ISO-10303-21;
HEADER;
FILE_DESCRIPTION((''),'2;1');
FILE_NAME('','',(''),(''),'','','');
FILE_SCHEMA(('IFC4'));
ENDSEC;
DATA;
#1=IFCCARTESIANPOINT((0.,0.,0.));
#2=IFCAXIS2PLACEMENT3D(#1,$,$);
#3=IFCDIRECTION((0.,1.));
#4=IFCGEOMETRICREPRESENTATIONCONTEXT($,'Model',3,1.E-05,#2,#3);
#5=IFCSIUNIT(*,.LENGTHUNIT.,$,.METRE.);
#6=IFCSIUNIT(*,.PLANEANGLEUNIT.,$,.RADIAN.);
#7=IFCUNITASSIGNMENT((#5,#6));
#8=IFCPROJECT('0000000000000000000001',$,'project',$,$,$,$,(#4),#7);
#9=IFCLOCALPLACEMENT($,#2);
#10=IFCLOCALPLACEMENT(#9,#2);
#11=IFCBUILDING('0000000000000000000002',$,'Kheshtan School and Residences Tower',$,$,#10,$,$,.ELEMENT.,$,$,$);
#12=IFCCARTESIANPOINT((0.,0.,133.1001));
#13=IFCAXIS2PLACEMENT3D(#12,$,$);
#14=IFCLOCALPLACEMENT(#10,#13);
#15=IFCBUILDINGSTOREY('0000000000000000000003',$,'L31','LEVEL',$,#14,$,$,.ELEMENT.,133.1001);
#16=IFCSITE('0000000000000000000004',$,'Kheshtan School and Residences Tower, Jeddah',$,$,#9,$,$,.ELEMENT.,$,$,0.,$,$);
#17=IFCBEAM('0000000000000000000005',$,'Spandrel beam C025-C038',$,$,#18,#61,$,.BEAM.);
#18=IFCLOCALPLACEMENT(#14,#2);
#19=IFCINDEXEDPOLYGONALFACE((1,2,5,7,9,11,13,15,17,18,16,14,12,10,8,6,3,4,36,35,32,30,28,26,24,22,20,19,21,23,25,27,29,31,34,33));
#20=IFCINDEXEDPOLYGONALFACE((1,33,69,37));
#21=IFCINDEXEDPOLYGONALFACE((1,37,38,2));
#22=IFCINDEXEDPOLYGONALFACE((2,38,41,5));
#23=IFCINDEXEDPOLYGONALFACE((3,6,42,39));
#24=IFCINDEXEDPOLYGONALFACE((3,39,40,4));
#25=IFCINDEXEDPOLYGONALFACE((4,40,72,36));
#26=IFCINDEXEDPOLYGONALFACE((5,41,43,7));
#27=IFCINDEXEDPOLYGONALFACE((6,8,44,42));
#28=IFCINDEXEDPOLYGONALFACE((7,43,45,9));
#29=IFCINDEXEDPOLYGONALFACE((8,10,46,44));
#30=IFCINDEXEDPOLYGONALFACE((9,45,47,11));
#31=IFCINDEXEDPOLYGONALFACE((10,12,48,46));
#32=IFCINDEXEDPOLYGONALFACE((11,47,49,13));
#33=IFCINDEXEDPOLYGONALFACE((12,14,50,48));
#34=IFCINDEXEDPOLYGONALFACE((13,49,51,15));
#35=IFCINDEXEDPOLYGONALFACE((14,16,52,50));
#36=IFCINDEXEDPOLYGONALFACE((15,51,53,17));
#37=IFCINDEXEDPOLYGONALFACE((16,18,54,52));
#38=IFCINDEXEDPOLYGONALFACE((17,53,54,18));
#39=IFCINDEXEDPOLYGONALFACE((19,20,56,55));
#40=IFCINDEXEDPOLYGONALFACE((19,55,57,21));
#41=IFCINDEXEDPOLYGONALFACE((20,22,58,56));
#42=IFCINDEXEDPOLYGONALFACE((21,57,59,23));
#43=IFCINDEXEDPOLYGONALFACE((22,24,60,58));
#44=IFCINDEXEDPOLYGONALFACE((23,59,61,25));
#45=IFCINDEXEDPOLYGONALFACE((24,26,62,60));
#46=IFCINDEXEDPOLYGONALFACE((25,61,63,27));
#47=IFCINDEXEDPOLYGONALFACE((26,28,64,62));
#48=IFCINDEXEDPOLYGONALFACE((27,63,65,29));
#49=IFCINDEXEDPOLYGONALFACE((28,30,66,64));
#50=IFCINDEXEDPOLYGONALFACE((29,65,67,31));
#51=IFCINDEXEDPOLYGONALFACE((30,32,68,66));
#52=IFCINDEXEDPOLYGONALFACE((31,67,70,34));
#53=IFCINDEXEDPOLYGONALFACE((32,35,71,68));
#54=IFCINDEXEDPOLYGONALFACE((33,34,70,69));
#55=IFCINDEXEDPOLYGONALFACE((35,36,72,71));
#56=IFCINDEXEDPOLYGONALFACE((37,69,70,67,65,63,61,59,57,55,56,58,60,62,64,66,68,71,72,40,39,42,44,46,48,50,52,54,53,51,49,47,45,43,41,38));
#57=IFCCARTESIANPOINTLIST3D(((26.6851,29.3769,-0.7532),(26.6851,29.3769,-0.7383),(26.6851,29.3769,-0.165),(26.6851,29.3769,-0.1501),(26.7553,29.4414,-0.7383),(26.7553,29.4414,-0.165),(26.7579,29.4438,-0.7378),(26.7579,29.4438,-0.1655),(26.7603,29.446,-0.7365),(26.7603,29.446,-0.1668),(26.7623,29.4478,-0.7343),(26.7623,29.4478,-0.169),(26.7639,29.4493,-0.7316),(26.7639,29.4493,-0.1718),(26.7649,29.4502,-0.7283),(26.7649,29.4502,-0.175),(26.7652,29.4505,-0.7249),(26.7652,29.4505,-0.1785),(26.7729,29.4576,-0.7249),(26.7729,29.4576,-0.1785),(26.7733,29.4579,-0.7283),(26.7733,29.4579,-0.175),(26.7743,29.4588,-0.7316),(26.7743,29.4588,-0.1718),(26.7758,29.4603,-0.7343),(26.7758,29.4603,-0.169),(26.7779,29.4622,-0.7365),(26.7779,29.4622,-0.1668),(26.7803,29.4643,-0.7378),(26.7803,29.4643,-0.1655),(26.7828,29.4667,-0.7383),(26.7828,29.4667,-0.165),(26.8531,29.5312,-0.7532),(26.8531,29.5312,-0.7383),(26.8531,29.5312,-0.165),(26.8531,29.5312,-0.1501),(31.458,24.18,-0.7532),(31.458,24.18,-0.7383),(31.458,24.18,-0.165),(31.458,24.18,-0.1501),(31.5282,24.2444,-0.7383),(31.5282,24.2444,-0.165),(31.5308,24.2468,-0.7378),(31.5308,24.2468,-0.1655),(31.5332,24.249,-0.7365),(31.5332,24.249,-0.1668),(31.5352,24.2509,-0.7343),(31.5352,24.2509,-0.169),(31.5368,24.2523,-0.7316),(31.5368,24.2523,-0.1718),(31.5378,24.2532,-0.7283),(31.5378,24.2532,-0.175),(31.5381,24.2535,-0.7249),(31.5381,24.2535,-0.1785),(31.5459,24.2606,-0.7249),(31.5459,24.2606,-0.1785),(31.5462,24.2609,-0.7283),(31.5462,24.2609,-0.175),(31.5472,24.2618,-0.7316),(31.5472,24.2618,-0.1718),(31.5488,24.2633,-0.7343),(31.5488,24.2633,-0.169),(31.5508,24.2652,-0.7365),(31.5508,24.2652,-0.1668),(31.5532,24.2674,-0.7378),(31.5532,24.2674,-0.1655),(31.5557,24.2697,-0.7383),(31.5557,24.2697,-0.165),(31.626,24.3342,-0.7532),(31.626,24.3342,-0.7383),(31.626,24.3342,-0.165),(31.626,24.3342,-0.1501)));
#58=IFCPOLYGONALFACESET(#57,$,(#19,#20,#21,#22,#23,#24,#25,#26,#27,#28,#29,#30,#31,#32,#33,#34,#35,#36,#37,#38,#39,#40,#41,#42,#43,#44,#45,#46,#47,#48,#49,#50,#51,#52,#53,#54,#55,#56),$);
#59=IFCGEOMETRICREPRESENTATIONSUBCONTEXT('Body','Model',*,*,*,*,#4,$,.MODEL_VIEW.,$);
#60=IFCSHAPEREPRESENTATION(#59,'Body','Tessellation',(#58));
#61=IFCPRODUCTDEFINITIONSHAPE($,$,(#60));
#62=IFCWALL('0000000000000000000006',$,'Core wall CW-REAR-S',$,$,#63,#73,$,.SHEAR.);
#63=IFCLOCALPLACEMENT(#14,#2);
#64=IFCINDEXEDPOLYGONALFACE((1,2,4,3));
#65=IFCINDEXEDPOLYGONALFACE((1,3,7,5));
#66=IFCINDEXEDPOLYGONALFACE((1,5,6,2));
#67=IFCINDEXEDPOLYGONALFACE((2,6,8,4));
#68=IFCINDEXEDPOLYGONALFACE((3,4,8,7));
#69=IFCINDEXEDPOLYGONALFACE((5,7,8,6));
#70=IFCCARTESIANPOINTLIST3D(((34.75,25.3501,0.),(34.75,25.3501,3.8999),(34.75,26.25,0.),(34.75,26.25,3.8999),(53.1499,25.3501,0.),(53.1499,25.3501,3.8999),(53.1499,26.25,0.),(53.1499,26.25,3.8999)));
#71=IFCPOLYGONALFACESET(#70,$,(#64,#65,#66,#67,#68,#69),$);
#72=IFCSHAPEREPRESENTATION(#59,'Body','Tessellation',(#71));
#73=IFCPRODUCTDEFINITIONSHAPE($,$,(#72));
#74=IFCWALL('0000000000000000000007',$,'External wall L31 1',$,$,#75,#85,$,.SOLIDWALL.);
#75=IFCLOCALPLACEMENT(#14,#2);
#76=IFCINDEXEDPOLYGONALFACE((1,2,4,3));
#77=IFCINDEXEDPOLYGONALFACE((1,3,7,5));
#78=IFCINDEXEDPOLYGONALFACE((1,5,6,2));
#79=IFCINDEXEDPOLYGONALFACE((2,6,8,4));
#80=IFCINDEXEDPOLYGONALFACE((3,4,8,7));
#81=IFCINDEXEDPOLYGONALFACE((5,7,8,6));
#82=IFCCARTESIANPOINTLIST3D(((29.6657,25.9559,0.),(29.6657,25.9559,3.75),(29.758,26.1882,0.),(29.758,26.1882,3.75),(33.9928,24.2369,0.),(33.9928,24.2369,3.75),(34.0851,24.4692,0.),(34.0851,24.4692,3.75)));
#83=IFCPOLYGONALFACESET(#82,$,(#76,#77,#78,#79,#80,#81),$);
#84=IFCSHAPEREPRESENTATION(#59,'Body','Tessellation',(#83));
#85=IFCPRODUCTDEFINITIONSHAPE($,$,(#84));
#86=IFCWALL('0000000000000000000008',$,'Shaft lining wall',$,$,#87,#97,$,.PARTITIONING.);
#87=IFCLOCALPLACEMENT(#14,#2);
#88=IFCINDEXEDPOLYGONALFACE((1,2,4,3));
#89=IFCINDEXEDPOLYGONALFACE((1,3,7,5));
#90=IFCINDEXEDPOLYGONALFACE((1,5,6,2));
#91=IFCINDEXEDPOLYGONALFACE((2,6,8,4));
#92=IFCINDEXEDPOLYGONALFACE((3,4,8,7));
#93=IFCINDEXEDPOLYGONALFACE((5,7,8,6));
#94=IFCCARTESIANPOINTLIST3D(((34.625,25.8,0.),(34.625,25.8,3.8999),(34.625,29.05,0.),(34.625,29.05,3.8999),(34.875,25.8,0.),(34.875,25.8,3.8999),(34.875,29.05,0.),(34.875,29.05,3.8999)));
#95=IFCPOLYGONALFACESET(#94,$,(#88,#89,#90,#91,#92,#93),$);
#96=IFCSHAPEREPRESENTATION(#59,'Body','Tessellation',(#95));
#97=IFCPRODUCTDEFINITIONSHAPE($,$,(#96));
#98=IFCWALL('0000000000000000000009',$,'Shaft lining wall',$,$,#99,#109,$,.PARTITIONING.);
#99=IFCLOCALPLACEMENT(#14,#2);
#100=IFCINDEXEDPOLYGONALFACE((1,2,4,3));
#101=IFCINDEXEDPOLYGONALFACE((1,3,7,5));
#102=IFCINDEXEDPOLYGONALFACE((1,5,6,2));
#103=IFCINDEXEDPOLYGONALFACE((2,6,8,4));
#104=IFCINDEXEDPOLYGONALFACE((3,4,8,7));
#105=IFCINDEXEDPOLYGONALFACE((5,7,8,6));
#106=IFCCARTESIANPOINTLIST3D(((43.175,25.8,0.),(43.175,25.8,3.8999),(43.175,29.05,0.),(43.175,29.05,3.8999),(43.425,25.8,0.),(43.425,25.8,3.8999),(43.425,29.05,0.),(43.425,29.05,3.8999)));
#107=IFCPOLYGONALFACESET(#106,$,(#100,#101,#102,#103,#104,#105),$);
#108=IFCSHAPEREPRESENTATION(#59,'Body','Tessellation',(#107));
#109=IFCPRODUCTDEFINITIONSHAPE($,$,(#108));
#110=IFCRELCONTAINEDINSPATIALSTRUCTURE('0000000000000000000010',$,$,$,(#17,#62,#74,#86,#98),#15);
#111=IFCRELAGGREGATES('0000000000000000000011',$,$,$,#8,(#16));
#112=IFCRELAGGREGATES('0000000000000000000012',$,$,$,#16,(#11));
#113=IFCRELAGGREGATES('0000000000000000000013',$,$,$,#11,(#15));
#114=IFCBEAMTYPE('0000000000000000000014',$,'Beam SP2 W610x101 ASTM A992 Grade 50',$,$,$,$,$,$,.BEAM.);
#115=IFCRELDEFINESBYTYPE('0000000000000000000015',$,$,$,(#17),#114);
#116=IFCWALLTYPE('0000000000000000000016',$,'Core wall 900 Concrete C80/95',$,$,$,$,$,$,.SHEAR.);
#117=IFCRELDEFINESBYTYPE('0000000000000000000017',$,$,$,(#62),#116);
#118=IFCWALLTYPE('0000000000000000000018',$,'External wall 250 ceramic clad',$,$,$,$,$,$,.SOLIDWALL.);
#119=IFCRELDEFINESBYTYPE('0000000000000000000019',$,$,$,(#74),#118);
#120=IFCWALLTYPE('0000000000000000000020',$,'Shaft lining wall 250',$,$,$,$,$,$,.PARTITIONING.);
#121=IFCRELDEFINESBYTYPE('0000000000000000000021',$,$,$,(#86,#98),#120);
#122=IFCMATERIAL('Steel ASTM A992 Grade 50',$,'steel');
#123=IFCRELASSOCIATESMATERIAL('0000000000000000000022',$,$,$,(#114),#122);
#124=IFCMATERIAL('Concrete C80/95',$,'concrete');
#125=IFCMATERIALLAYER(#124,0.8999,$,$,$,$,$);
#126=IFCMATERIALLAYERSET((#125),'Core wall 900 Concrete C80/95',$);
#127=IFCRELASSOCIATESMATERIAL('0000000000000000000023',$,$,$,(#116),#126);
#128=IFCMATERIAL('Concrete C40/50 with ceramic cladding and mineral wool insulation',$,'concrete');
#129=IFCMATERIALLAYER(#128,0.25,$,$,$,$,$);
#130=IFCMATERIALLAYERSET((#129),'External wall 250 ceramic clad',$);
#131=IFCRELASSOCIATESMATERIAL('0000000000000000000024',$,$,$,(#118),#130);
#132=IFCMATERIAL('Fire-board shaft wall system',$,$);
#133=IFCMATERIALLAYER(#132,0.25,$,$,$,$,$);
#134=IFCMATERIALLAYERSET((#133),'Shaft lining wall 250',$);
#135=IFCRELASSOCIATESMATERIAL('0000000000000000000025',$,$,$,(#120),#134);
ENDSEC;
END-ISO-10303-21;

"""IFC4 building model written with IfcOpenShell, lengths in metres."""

from ifc_helpers import new_model, si_unit, direction, frame, frame_2d, origin, origin_2d, place, context, subcontext, project, spatial, rectangle, i_section, extrude, material, layer, layer_set, material_profile, profile_set, type_object, element, save


model = new_model("IFC4")

# Units and contexts
model_context = context("Model", 3, precision=1e-05, world=origin(), true_north=direction((0.0, 1.0)))
body_context = subcontext(model_context, "Body", "Model", "MODEL_VIEW")
ifc_project = project(units=[si_unit("LENGTHUNIT", "METRE"), si_unit("PLANEANGLEUNIT", "RADIAN")], contexts=[model_context])

# Site, building, storey
site_placement = place(None, origin())
site = spatial("IfcSite", under=ifc_project, at=site_placement, Name="Kheshtan School and Residences Tower, Jeddah", CompositionType="ELEMENT", RefElevation=0.0)
building_placement = place(site_placement, origin())
building = spatial("IfcBuilding", under=site, at=building_placement, Name="Kheshtan School and Residences Tower", CompositionType="ELEMENT")
storey_placement = place(building_placement, frame((0.0, 0.0, 133.1001)))
storey = spatial("IfcBuildingStorey", under=building, at=storey_placement, Name="L31", Description="LEVEL", CompositionType="ELEMENT", Elevation=133.1001)

# Shared definitions
ifc_material_1 = material(Name="Steel ASTM A992 Grade 50", Category="steel")

# Beam
ifc_material_profile_1 = material_profile(ifc_material_1, i_section(OverallWidth=0.228, OverallDepth=0.603, WebThickness=0.0105, FlangeThickness=0.0149, FilletRadius=0.0134, at=origin_2d()), Name="W610x101")
ifc_profile_set_1 = profile_set([ifc_material_profile_1], Name="Steel ASTM A992 Grade 50")
beam_type_1 = type_object("IfcBeamType", Name="Beam SP2 W610x101 ASTM A992 Grade 50", PredefinedType="BEAM", material=ifc_profile_set_1)
beam_1_placement = place(storey_placement, frame((31.542, 24.2571, -0.4517), z_axis=(-0.676418, 0.736518, 0.0), x_axis=(-0.736518, -0.676418, 0.0)))
element("IfcBeam", 1, at=beam_1_placement, inside=storey, type_object=beam_type_1, Name="Spandrel beam C025-C038", PredefinedType="BEAM", context=body_context, shape_type="SweptSolid", body=[
    extrude(i_section(OverallWidth=0.228, OverallDepth=0.603, WebThickness=0.0105, FlangeThickness=0.0149, FilletRadius=0.0134, at=origin_2d()), origin(), (0.0, 0.0, 1.0), 7.0562),
])

# Walls
ifc_material_2 = material(Name="Concrete C80/95", Category="concrete")
ifc_layer_1 = layer(ifc_material_2, 0.8999)
ifc_layer_set_1 = layer_set([ifc_layer_1], Name="Core wall 900 Concrete C80/95")
wall_type_1 = type_object("IfcWallType", Name="Core wall 900 Concrete C80/95", PredefinedType="SHEAR", material=ifc_layer_set_1)
wall_1_placement = place(storey_placement, frame((34.75, 25.8, 0.0), z_axis=(0.0, 0.0, 1.0), x_axis=(1.0, 0.0, 0.0)))
element("IfcWall", 2, at=wall_1_placement, inside=storey, type_object=wall_type_1, Name="Core wall CW-REAR-S", PredefinedType="SHEAR", context=body_context, shape_type="SweptSolid", body=[
    extrude(rectangle(XDim=18.3999, YDim=0.8999, at=frame_2d((9.2, 0.0))), origin(), (0.0, 0.0, 1.0), 3.8999),
])
ifc_material_3 = material(Name="Concrete C40/50 with ceramic cladding and mineral wool insulation", Category="concrete")
ifc_layer_2 = layer(ifc_material_3, 0.25)
ifc_layer_set_2 = layer_set([ifc_layer_2], Name="External wall 250 ceramic clad")
wall_type_2 = type_object("IfcWallType", Name="External wall 250 ceramic clad", PredefinedType="SOLIDWALL", material=ifc_layer_set_2)
wall_2_placement = place(storey_placement, frame((34.0391, 24.353, 0.0), z_axis=(0.0, 0.0, 1.0), x_axis=(-0.929353, 0.369193, 0.0)))
element("IfcWall", 3, at=wall_2_placement, inside=storey, type_object=wall_type_2, Name="External wall L31 1", PredefinedType="SOLIDWALL", context=body_context, shape_type="SweptSolid", body=[
    extrude(rectangle(XDim=4.656, YDim=0.25, at=frame_2d((2.3281, 0.0))), origin(), (0.0, 0.0, 1.0), 3.75),
])
ifc_material_4 = material(Name="Fire-board shaft wall system")
ifc_layer_3 = layer(ifc_material_4, 0.25)
ifc_layer_set_3 = layer_set([ifc_layer_3], Name="Shaft lining wall 250")
wall_type_3 = type_object("IfcWallType", Name="Shaft lining wall 250", PredefinedType="PARTITIONING", material=ifc_layer_set_3)
for number, where, z_axis, x_axis, name in (
    (4, (34.75, 25.8, 0.0), (0.0, 0.0, 1.0), (0.0, 1.0, 0.0), "Shaft lining wall"),
    (5, (43.3, 25.8, 0.0), (0.0, 0.0, 1.0), (0.0, 1.0, 0.0), "Shaft lining wall"),
):
    element("IfcWall", number, at=place(storey_placement, frame(where, z_axis=z_axis, x_axis=x_axis)), inside=storey, type_object=wall_type_3, Name=name, PredefinedType="PARTITIONING", context=body_context, shape_type="SweptSolid", body=[
        extrude(rectangle(XDim=3.25, YDim=0.25, at=frame_2d((1.625, 0.0))), origin(), (0.0, 0.0, 1.0), 3.8999),
    ])

save(model, "model.ifc")
